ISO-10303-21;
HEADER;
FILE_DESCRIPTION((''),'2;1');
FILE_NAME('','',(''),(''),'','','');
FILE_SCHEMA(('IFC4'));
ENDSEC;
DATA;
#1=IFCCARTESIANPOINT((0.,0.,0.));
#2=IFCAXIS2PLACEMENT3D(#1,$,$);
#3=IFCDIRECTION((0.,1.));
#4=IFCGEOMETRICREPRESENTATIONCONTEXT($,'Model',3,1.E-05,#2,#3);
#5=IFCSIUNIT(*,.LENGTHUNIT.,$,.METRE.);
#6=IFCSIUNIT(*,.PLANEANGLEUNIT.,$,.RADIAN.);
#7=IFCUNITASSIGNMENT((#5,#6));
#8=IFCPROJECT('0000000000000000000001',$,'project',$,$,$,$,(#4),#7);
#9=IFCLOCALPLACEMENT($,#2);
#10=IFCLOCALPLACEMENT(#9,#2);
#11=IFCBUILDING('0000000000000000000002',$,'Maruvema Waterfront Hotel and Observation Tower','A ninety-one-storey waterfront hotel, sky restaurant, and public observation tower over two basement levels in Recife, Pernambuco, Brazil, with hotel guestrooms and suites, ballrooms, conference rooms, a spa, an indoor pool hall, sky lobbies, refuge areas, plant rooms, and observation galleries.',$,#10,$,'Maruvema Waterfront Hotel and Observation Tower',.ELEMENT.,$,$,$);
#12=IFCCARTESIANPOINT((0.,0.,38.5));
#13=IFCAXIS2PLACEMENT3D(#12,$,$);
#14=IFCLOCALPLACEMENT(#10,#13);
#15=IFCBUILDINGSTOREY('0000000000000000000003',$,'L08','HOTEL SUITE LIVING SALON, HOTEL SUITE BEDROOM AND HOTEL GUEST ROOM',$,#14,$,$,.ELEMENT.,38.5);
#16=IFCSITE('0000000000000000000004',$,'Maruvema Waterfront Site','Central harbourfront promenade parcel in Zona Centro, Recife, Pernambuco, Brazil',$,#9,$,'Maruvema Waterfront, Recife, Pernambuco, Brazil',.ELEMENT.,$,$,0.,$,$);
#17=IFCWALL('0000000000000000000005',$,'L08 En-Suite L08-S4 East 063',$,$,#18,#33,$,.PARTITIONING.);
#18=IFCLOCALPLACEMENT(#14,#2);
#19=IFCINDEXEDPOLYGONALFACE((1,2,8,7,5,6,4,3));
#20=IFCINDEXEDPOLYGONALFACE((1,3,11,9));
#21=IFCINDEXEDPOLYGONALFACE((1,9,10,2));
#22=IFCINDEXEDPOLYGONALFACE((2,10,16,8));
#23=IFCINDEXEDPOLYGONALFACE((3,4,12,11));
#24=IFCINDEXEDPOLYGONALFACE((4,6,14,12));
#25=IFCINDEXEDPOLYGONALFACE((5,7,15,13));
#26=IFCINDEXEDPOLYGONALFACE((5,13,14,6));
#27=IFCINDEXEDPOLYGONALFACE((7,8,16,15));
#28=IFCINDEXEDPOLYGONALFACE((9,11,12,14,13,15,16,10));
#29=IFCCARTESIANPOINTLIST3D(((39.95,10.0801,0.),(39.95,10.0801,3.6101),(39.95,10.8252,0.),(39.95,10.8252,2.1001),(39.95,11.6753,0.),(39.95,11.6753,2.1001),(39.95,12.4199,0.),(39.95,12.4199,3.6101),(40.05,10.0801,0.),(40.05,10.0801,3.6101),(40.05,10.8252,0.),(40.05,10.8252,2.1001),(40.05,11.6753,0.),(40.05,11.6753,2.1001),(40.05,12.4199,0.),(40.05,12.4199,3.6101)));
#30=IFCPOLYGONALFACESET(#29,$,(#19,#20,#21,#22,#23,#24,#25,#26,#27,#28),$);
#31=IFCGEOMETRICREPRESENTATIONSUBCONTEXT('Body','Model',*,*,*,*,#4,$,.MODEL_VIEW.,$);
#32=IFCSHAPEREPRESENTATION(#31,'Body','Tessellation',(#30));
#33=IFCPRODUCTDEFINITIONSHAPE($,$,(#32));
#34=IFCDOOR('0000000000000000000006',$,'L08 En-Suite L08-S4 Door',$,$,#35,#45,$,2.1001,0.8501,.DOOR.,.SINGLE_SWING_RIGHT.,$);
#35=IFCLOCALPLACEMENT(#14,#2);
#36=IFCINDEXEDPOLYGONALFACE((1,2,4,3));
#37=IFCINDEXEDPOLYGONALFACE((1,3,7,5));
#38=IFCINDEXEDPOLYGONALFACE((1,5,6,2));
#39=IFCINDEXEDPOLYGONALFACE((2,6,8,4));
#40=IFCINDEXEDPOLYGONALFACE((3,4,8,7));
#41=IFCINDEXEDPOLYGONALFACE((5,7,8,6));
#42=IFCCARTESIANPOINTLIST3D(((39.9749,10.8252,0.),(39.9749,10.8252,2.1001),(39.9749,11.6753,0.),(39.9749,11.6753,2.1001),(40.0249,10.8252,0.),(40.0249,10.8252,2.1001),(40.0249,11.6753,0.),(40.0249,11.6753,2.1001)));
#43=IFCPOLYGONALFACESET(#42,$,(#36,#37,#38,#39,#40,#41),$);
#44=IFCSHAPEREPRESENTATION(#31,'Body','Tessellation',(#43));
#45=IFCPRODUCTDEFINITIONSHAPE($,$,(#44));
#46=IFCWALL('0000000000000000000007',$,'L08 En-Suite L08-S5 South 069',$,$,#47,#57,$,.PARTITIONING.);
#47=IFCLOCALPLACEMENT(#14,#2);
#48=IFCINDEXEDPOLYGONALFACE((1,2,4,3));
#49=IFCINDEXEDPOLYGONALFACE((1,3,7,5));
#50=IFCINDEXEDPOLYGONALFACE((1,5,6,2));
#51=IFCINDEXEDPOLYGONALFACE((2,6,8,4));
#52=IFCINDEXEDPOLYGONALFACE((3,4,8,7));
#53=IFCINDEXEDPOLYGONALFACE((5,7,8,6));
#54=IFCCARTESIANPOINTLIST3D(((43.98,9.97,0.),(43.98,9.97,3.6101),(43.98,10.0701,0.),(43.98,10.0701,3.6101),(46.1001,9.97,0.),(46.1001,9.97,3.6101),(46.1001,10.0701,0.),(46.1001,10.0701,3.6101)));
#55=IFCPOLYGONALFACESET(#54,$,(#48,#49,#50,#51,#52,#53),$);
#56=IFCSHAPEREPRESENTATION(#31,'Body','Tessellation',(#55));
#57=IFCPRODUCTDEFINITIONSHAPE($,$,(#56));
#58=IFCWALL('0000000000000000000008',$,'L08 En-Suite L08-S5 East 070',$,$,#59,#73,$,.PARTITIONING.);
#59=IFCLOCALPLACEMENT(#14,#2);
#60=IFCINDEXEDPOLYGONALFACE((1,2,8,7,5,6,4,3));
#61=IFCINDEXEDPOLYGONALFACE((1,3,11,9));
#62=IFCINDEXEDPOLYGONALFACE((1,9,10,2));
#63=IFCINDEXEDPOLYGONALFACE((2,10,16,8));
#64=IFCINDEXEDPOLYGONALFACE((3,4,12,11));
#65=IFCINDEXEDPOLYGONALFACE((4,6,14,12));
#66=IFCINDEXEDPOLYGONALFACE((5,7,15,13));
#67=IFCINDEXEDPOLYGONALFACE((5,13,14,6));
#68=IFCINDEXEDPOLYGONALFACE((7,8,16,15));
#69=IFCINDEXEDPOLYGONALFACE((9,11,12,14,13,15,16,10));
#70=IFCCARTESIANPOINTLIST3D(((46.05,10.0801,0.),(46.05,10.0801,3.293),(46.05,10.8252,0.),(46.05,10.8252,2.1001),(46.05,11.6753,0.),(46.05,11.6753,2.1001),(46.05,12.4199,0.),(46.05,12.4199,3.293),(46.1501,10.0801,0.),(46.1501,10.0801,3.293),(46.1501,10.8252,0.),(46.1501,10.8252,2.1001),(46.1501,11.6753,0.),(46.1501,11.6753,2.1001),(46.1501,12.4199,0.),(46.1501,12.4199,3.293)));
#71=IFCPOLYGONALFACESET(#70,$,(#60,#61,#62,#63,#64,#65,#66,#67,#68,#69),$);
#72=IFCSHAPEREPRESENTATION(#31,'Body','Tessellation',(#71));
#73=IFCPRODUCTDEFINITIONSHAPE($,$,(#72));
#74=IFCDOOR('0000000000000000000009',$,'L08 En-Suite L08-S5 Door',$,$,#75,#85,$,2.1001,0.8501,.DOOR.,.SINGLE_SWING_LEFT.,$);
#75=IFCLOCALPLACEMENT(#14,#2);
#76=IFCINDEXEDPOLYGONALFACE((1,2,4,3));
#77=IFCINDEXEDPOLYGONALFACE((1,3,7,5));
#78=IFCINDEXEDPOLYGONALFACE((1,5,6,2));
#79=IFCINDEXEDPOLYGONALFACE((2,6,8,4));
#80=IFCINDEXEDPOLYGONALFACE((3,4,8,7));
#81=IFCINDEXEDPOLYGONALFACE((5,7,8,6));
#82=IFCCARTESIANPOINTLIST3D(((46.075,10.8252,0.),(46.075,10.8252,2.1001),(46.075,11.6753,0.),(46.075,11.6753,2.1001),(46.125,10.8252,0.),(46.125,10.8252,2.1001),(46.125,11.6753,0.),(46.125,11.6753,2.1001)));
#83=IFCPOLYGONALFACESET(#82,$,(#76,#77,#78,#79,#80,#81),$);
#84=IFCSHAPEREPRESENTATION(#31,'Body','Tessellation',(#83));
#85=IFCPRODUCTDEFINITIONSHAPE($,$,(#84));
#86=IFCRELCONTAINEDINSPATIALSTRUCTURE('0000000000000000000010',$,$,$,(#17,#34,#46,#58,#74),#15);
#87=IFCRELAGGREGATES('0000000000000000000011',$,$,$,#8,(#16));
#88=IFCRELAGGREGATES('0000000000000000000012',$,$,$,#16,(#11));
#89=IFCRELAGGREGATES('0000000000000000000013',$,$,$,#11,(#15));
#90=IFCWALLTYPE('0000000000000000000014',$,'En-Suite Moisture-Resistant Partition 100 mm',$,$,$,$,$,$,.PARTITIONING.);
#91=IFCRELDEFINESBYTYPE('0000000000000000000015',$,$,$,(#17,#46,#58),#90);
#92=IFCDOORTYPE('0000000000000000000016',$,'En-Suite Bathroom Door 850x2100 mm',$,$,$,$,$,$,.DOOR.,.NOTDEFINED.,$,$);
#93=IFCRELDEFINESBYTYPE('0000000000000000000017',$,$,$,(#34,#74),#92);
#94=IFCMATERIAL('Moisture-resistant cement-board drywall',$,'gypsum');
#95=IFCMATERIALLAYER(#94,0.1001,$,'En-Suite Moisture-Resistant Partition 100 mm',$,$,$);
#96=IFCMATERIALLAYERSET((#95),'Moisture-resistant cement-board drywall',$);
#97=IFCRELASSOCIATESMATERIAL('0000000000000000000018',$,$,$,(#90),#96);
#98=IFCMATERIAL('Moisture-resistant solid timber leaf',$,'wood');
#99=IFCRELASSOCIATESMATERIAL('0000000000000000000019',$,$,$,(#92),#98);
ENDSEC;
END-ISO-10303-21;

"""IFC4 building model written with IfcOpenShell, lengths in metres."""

from ifc_helpers import new_model, si_unit, direction, frame, frame_2d, origin, place, context, subcontext, project, spatial, rectangle, extrude, material, layer, layer_set, type_object, element, fill, save


model = new_model("IFC4")

# Units and contexts
model_context = context("Model", 3, precision=1e-05, world=origin(), true_north=direction((0.0, 1.0)))
body_context = subcontext(model_context, "Body", "Model", "MODEL_VIEW")
ifc_project = project(units=[si_unit("LENGTHUNIT", "METRE"), si_unit("PLANEANGLEUNIT", "RADIAN")], contexts=[model_context])

# Site, building, storey
site_placement = place(None, origin())
site = spatial("IfcSite", under=ifc_project, at=site_placement, Name="Maruvema Waterfront Site", Description="Central harbourfront promenade parcel in Zona Centro, Recife, Pernambuco, Brazil", LongName="Maruvema Waterfront, Recife, Pernambuco, Brazil", CompositionType="ELEMENT", RefElevation=0.0)
building_placement = place(site_placement, origin())
building = spatial("IfcBuilding", under=site, at=building_placement, Name="Maruvema Waterfront Hotel and Observation Tower", Description="A ninety-one-storey waterfront hotel, sky restaurant, and public observation tower over two basement levels in Recife, Pernambuco, Brazil, with hotel guestrooms and suites, ballrooms, conference rooms, a spa, an indoor pool hall, sky lobbies, refuge areas, plant rooms, and observation galleries.", LongName="Maruvema Waterfront Hotel and Observation Tower", CompositionType="ELEMENT")
storey_placement = place(building_placement, frame((0.0, 0.0, 38.5)))
storey = spatial("IfcBuildingStorey", under=building, at=storey_placement, Name="L08", Description="HOTEL SUITE LIVING SALON, HOTEL SUITE BEDROOM AND HOTEL GUEST ROOM", CompositionType="ELEMENT", Elevation=38.5)

# Shared definitions
ifc_material_1 = material(Name="Moisture-resistant cement-board drywall", Category="gypsum")
ifc_layer_1 = layer(ifc_material_1, 0.1001, Name="En-Suite Moisture-Resistant Partition 100 mm")
ifc_layer_set_1 = layer_set([ifc_layer_1], Name="Moisture-resistant cement-board drywall")
wall_type_1 = type_object("IfcWallType", Name="En-Suite Moisture-Resistant Partition 100 mm", PredefinedType="PARTITIONING", material=ifc_layer_set_1)

# Shared definitions
ifc_material_2 = material(Name="Moisture-resistant solid timber leaf", Category="wood")
door_type_1 = type_object("IfcDoorType", Name="En-Suite Bathroom Door 850x2100 mm", OperationType="NOTDEFINED", PredefinedType="DOOR", material=ifc_material_2)

# Wall, opening, door
wall_1_placement = place(storey_placement, frame((40.0, 10.0801, 0.0), z_axis=(0.0, 0.0, 1.0), x_axis=(0.0, 1.0, 0.0)))
wall_1 = element("IfcWall", 1, at=wall_1_placement, inside=storey, type_object=wall_type_1, Name="L08 En-Suite L08-S4 East 063", PredefinedType="PARTITIONING", context=body_context, shape_type="SweptSolid", body=[
    extrude(rectangle(XDim=2.3398, YDim=0.1001, at=frame_2d((1.1699, 0.0))), origin(), (0.0, 0.0, 1.0), 3.6101),
])
opening_1_placement = place(wall_1_placement, frame((0.7451, 0.0, 0.0)))
opening_1 = element("IfcOpeningElement", 2, at=opening_1_placement, cuts=wall_1, PredefinedType="OPENING", context=body_context, shape_type="SweptSolid", body=[
    extrude(rectangle(XDim=0.8501, YDim=2.1001, at=frame_2d((0.425, 1.05))), frame((0.0, 0.0601, 0.0), z_axis=(0.0, -1.0, 0.0), x_axis=(1.0, 0.0, 0.0)), (0.0, 0.0, 1.0), 0.1201),
])
door_1_placement = place(opening_1_placement, frame((0.8501, 0.0, 0.0), z_axis=(0.0, 0.0, 1.0), x_axis=(-1.0, 0.0, 0.0)))
door_1 = element("IfcDoor", 3, at=door_1_placement, inside=storey, type_object=door_type_1, Name="L08 En-Suite L08-S4 Door", OperationType="SINGLE_SWING_RIGHT", OverallHeight=2.1001, OverallWidth=0.8501, PredefinedType="DOOR", context=body_context, shape_type="SweptSolid", body=[
    extrude(rectangle(XDim=0.8501, YDim=2.1001, at=frame_2d((0.425, 1.05))), frame((0.0, 0.0249, 0.0), z_axis=(0.0, -1.0, 0.0), x_axis=(1.0, 0.0, 0.0)), (0.0, 0.0, 1.0), 0.05),
])
fill(opening_1, door_1)

# Wall
wall_2_placement = place(storey_placement, frame((43.98, 10.02, 0.0), z_axis=(0.0, 0.0, 1.0), x_axis=(1.0, 0.0, 0.0)))
element("IfcWall", 4, at=wall_2_placement, inside=storey, type_object=wall_type_1, Name="L08 En-Suite L08-S5 South 069", PredefinedType="PARTITIONING", context=body_context, shape_type="SweptSolid", body=[
    extrude(rectangle(XDim=2.1201, YDim=0.1001, at=frame_2d((1.0601, 0.0))), origin(), (0.0, 0.0, 1.0), 3.6101),
])

# Wall, opening, door
wall_3_placement = place(storey_placement, frame((46.1001, 10.0801, 0.0), z_axis=(0.0, 0.0, 1.0), x_axis=(0.0, 1.0, 0.0)))
wall_3 = element("IfcWall", 5, at=wall_3_placement, inside=storey, type_object=wall_type_1, Name="L08 En-Suite L08-S5 East 070", PredefinedType="PARTITIONING", context=body_context, shape_type="SweptSolid", body=[
    extrude(rectangle(XDim=2.3398, YDim=0.1001, at=frame_2d((1.1699, 0.0))), origin(), (0.0, 0.0, 1.0), 3.293),
])
opening_2_placement = place(wall_3_placement, frame((0.7451, 0.0, 0.0)))
opening_2 = element("IfcOpeningElement", 6, at=opening_2_placement, cuts=wall_3, PredefinedType="OPENING", context=body_context, shape_type="SweptSolid", body=[
    extrude(rectangle(XDim=0.8501, YDim=2.1001, at=frame_2d((0.425, 1.05))), frame((0.0, 0.0601, 0.0), z_axis=(0.0, -1.0, 0.0), x_axis=(1.0, 0.0, 0.0)), (0.0, 0.0, 1.0), 0.1201),
])
door_2_placement = place(opening_2_placement, frame((0.8501, 0.0, 0.0), z_axis=(0.0, 0.0, 1.0), x_axis=(-1.0, 0.0, 0.0)))
door_2 = element("IfcDoor", 7, at=door_2_placement, inside=storey, type_object=door_type_1, Name="L08 En-Suite L08-S5 Door", OperationType="SINGLE_SWING_LEFT", OverallHeight=2.1001, OverallWidth=0.8501, PredefinedType="DOOR", context=body_context, shape_type="SweptSolid", body=[
    extrude(rectangle(XDim=0.8501, YDim=2.1001, at=frame_2d((0.425, 1.05))), frame((0.0, 0.0249, 0.0), z_axis=(0.0, -1.0, 0.0), x_axis=(1.0, 0.0, 0.0)), (0.0, 0.0, 1.0), 0.05),
])
fill(opening_2, door_2)

save(model, "model.ifc")
